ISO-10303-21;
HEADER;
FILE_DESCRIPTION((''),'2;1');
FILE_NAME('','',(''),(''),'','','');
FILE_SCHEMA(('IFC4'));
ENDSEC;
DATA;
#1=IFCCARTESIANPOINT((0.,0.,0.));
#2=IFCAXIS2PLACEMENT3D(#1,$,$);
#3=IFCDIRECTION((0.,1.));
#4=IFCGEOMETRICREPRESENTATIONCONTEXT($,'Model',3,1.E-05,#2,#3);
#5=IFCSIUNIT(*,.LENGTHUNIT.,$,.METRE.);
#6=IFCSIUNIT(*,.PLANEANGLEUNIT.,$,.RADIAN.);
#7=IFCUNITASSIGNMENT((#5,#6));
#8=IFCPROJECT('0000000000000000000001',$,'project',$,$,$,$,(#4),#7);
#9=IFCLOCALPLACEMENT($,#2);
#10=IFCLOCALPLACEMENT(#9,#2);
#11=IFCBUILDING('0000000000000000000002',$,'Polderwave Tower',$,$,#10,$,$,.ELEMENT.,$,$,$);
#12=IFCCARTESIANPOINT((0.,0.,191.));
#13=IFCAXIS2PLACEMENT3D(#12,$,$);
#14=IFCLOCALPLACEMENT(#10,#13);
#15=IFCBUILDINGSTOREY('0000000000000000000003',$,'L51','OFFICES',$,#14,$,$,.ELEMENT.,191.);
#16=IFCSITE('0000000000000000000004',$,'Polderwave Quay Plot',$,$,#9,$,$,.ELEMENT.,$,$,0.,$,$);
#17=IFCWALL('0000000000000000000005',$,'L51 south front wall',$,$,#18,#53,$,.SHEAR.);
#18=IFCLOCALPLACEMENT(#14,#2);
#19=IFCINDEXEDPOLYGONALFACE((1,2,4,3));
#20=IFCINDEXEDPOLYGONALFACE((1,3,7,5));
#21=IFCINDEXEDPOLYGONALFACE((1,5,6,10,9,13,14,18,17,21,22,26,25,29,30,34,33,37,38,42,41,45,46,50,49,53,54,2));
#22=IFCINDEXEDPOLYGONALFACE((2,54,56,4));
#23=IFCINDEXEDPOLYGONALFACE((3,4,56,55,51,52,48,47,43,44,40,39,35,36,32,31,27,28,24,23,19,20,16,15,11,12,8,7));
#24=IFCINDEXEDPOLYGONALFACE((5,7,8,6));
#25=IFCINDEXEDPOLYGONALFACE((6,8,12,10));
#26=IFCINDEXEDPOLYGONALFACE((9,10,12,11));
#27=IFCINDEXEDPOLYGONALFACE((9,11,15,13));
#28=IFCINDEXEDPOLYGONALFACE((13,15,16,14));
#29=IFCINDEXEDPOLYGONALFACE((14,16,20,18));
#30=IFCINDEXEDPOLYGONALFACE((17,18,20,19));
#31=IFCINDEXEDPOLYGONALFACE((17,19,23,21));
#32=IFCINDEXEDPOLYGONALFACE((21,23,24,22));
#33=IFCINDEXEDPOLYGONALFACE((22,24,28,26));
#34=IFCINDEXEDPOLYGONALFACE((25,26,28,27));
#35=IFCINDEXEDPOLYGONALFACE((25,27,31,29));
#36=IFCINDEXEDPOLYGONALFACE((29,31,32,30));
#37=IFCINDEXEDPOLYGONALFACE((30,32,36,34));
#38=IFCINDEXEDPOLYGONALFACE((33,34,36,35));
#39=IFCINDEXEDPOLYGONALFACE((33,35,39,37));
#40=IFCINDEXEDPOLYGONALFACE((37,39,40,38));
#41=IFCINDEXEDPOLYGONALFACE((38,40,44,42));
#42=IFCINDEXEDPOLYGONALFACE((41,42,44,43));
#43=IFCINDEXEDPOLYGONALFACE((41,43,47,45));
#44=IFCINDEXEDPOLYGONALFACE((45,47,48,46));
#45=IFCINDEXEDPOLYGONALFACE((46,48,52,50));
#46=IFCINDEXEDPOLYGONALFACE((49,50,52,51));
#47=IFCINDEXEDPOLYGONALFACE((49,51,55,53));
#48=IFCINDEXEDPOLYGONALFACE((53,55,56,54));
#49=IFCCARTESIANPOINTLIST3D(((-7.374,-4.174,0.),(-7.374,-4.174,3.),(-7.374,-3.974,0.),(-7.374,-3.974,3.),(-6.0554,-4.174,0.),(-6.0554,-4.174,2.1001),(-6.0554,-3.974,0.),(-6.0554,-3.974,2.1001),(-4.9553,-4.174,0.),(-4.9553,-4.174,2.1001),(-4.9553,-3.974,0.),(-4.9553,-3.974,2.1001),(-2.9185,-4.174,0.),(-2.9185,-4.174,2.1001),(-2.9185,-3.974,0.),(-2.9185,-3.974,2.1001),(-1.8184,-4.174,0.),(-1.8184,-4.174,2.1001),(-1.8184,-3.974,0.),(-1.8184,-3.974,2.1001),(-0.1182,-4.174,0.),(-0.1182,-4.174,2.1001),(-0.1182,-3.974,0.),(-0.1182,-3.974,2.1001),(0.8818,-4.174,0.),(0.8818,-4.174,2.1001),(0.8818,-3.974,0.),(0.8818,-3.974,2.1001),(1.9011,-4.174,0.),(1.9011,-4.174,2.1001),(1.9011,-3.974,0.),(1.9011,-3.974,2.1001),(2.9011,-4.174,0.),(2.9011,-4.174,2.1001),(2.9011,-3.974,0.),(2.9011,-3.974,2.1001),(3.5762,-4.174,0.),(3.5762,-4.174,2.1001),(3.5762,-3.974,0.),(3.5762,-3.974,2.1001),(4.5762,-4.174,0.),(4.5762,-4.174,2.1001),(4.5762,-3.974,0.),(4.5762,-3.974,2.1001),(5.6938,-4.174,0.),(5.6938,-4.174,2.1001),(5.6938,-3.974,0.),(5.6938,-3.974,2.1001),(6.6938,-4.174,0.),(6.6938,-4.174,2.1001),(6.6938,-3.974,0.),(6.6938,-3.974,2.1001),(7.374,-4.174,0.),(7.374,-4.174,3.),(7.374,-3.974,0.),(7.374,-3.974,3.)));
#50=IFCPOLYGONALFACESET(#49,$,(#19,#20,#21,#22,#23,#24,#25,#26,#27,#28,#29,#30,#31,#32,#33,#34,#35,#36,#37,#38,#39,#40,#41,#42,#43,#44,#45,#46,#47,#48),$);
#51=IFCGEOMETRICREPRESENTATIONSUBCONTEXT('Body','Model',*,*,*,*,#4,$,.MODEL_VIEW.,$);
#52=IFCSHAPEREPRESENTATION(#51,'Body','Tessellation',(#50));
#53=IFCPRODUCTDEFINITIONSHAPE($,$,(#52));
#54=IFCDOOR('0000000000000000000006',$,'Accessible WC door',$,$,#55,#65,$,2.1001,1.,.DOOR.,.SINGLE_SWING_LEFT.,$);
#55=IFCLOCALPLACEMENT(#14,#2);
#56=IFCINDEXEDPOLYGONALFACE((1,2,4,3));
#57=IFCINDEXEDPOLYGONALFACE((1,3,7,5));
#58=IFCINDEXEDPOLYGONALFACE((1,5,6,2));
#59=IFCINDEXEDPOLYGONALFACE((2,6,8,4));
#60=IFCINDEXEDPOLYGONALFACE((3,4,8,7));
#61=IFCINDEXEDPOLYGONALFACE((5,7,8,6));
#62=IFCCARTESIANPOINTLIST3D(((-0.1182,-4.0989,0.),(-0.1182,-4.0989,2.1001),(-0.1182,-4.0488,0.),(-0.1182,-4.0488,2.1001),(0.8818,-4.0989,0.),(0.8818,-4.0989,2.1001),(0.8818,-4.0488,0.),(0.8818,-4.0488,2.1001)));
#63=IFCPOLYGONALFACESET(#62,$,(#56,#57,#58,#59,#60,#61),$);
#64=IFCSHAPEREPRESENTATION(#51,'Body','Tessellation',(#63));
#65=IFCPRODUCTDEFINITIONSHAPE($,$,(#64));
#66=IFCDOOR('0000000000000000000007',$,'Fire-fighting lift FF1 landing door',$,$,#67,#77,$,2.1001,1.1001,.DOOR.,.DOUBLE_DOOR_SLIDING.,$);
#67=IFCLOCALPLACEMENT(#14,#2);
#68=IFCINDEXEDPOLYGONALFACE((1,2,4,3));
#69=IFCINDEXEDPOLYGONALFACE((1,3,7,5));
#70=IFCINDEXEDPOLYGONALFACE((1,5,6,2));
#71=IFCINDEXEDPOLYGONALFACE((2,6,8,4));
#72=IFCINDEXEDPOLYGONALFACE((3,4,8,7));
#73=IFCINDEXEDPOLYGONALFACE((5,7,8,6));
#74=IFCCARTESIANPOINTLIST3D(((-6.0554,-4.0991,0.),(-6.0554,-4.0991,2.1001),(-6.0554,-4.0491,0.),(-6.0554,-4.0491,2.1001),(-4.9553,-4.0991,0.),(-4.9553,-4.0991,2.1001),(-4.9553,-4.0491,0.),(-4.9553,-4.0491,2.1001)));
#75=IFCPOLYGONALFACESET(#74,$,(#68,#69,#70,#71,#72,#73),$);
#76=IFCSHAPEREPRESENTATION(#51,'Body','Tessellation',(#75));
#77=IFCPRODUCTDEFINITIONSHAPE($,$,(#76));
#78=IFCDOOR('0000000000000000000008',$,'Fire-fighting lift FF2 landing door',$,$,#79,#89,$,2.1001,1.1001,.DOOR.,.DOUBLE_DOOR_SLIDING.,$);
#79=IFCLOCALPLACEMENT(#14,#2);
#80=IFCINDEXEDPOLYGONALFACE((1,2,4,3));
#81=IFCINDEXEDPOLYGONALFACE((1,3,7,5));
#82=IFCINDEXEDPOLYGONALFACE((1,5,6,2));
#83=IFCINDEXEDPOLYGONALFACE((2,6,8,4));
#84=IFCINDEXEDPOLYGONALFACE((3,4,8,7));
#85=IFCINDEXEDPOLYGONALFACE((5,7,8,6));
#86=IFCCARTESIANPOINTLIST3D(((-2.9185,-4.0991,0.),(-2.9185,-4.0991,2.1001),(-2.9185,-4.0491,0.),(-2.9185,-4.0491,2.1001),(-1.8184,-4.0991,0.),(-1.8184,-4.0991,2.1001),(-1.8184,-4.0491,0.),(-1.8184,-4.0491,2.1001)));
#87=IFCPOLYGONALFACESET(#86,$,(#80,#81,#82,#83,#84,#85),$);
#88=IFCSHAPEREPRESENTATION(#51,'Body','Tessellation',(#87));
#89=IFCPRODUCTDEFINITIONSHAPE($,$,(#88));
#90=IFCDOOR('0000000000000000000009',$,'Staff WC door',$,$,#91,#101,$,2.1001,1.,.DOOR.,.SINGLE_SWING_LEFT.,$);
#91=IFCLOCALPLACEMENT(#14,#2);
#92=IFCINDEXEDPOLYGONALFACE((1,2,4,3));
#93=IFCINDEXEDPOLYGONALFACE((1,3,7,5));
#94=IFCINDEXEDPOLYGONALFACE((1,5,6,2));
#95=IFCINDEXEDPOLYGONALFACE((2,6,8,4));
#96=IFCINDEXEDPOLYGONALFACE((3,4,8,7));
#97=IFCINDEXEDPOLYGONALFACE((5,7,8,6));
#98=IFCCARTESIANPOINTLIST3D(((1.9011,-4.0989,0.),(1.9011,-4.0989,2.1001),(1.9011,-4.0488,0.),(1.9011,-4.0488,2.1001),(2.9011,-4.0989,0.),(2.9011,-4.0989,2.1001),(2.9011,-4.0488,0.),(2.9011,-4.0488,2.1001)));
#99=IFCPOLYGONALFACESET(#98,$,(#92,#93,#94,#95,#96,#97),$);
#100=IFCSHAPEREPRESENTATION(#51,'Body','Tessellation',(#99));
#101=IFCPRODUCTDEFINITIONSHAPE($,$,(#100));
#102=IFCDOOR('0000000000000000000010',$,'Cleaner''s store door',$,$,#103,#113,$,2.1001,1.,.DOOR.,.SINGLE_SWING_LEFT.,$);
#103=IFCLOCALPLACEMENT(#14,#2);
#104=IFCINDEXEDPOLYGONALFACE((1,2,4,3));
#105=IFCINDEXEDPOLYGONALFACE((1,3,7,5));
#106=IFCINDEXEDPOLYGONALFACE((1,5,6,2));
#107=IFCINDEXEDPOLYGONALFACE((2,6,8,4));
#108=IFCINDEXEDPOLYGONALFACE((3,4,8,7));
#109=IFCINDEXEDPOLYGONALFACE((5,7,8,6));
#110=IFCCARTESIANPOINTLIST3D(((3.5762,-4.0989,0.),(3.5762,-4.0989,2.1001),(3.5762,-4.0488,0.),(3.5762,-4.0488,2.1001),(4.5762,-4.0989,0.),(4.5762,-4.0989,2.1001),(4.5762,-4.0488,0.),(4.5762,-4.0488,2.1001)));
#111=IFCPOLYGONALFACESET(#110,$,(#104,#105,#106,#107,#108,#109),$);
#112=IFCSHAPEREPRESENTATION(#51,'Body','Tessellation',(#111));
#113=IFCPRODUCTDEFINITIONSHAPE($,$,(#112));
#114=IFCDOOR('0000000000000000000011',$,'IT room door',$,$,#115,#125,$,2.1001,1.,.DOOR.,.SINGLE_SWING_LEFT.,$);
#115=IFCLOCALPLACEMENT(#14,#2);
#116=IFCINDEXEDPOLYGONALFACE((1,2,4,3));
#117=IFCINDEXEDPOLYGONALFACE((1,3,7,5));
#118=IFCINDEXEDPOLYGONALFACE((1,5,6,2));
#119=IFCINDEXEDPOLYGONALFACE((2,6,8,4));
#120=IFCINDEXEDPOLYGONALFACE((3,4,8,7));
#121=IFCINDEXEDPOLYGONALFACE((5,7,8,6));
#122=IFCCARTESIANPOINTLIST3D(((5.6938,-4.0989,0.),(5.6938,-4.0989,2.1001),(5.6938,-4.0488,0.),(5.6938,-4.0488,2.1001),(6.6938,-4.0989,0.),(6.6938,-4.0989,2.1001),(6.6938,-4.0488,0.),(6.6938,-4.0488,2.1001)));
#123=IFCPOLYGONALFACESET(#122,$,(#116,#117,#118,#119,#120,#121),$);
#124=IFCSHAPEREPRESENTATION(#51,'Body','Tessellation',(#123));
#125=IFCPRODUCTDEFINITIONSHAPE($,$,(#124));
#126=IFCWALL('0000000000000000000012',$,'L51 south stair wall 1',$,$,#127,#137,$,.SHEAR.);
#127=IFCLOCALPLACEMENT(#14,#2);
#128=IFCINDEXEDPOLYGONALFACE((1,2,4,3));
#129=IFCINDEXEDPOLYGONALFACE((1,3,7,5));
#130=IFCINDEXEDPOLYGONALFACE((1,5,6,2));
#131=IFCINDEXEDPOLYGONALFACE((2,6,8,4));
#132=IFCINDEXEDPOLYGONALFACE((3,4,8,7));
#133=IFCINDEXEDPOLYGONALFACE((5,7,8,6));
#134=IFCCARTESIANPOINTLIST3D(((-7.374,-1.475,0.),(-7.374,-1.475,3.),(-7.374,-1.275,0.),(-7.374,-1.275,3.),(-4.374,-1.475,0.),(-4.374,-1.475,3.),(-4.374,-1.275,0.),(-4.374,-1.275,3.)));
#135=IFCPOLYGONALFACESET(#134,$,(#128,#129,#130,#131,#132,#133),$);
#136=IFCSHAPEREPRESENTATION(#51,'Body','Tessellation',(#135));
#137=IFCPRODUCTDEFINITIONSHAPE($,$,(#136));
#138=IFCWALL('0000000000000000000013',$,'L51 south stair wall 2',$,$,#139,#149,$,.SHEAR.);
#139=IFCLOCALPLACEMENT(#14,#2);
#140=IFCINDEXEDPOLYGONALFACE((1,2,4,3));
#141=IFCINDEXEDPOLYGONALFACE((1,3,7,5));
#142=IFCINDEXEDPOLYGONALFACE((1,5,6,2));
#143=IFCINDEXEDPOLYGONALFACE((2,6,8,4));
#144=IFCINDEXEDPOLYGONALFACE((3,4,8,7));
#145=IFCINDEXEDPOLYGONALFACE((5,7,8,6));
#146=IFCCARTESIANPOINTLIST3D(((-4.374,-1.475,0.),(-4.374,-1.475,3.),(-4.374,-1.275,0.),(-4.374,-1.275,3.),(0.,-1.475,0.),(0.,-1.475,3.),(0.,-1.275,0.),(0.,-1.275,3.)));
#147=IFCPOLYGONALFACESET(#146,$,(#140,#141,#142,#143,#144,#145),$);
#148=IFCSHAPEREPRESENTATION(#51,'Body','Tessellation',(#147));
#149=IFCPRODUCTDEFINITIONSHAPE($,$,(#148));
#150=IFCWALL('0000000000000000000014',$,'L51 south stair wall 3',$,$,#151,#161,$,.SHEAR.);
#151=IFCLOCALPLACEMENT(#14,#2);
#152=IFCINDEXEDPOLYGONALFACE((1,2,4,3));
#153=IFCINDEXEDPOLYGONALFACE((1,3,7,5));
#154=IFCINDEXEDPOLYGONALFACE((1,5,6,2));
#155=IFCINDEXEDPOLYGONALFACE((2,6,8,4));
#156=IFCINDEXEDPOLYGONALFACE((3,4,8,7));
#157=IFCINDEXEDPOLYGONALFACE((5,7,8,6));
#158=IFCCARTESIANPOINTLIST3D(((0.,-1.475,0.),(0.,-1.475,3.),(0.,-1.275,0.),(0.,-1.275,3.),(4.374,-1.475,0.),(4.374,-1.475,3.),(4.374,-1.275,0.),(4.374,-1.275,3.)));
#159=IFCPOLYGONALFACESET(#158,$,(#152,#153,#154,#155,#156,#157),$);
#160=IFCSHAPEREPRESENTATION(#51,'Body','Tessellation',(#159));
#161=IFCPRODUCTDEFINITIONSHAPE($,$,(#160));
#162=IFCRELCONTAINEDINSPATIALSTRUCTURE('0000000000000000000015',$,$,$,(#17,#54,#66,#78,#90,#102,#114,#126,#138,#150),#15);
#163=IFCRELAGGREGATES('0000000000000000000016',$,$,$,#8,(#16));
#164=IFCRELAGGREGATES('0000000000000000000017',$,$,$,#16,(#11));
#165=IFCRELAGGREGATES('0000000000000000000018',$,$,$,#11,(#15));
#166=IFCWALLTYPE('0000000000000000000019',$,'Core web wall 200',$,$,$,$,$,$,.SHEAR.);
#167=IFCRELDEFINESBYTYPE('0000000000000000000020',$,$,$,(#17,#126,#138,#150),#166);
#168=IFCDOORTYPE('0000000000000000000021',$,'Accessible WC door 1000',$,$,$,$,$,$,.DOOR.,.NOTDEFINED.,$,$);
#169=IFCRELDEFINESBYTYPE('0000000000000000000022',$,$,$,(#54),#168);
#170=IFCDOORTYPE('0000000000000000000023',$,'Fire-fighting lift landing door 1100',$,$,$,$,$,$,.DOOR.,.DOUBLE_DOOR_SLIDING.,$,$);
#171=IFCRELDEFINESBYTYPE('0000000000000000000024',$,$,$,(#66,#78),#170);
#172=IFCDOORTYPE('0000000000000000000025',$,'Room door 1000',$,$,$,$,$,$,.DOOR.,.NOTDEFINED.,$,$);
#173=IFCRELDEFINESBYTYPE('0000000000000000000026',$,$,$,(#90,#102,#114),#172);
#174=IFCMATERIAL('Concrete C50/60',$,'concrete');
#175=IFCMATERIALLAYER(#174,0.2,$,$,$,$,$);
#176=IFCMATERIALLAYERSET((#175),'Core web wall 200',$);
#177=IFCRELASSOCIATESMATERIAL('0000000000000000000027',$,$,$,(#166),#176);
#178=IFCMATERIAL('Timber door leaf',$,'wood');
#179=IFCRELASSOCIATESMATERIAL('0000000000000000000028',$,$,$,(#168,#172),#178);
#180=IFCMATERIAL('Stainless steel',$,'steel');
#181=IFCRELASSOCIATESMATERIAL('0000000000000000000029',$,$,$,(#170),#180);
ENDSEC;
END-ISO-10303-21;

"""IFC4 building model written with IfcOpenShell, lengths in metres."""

from ifc_helpers import new_model, si_unit, direction, frame, frame_2d, origin, place, context, subcontext, project, spatial, rectangle, extrude, material, layer, layer_set, type_object, element, fill, save


model = new_model("IFC4")

# Units and contexts
model_context = context("Model", 3, precision=1e-05, world=origin(), true_north=direction((0.0, 1.0)))
body_context = subcontext(model_context, "Body", "Model", "MODEL_VIEW")
ifc_project = project(units=[si_unit("LENGTHUNIT", "METRE"), si_unit("PLANEANGLEUNIT", "RADIAN")], contexts=[model_context])

# Site, building, storey
site_placement = place(None, origin())
site = spatial("IfcSite", under=ifc_project, at=site_placement, Name="Polderwave Quay Plot", CompositionType="ELEMENT", RefElevation=0.0)
building_placement = place(site_placement, origin())
building = spatial("IfcBuilding", under=site, at=building_placement, Name="Polderwave Tower", CompositionType="ELEMENT")
storey_placement = place(building_placement, frame((0.0, 0.0, 191.0)))
storey = spatial("IfcBuildingStorey", under=building, at=storey_placement, Name="L51", Description="OFFICES", CompositionType="ELEMENT", Elevation=191.0)

# Wall, openings, doors
ifc_material_1 = material(Name="Concrete C50/60", Category="concrete")
ifc_layer_1 = layer(ifc_material_1, 0.2)
ifc_layer_set_1 = layer_set([ifc_layer_1], Name="Core web wall 200")
wall_type_1 = type_object("IfcWallType", Name="Core web wall 200", PredefinedType="SHEAR", material=ifc_layer_set_1)
wall_1_placement = place(storey_placement, frame((-7.374, -4.074, 0.0), z_axis=(0.0, 0.0, 1.0), x_axis=(1.0, 0.0, 0.0)))
wall_1 = element("IfcWall", 1, at=wall_1_placement, inside=storey, type_object=wall_type_1, Name="L51 south front wall", PredefinedType="SHEAR", context=body_context, shape_type="SweptSolid", body=[
    extrude(rectangle(XDim=14.748, YDim=0.2, at=frame_2d((7.374, 0.0))), origin(), (0.0, 0.0, 1.0), 3.0),
])
opening_1_placement = place(wall_1_placement, frame((1.3186, 0.0, 0.0)))
opening_1 = element("IfcOpeningElement", 2, at=opening_1_placement, cuts=wall_1, PredefinedType="OPENING", context=body_context, shape_type="SweptSolid", body=[
    extrude(rectangle(XDim=1.1001, YDim=2.1001, at=frame_2d((0.55, 1.05))), frame((0.0, 0.1099, 0.0), z_axis=(0.0, -1.0, 0.0), x_axis=(1.0, 0.0, 0.0)), (0.0, 0.0, 1.0), 0.22),
])
opening_2_placement = place(wall_1_placement, frame((4.4556, 0.0, 0.0)))
opening_2 = element("IfcOpeningElement", 3, at=opening_2_placement, cuts=wall_1, PredefinedType="OPENING", context=body_context, shape_type="SweptSolid", body=[
    extrude(rectangle(XDim=1.1001, YDim=2.1001, at=frame_2d((0.55, 1.05))), frame((0.0, 0.1099, 0.0), z_axis=(0.0, -1.0, 0.0), x_axis=(1.0, 0.0, 0.0)), (0.0, 0.0, 1.0), 0.22),
])
opening_3_placement = place(wall_1_placement, frame((7.2559, 0.0, 0.0)))
opening_3 = element("IfcOpeningElement", 4, at=opening_3_placement, cuts=wall_1, PredefinedType="OPENING", context=body_context, shape_type="SweptSolid", body=[
    extrude(rectangle(XDim=1.0, YDim=2.1001, at=frame_2d((0.5, 1.05))), frame((0.0, 0.1099, 0.0), z_axis=(0.0, -1.0, 0.0), x_axis=(1.0, 0.0, 0.0)), (0.0, 0.0, 1.0), 0.22),
])
opening_4_placement = place(wall_1_placement, frame((9.2751, 0.0, 0.0)))
opening_4 = element("IfcOpeningElement", 5, at=opening_4_placement, cuts=wall_1, PredefinedType="OPENING", context=body_context, shape_type="SweptSolid", body=[
    extrude(rectangle(XDim=1.0, YDim=2.1001, at=frame_2d((0.5, 1.05))), frame((0.0, 0.1099, 0.0), z_axis=(0.0, -1.0, 0.0), x_axis=(1.0, 0.0, 0.0)), (0.0, 0.0, 1.0), 0.22),
])
opening_5_placement = place(wall_1_placement, frame((10.9502, 0.0, 0.0)))
opening_5 = element("IfcOpeningElement", 6, at=opening_5_placement, cuts=wall_1, PredefinedType="OPENING", context=body_context, shape_type="SweptSolid", body=[
    extrude(rectangle(XDim=1.0, YDim=2.1001, at=frame_2d((0.5, 1.05))), frame((0.0, 0.1099, 0.0), z_axis=(0.0, -1.0, 0.0), x_axis=(1.0, 0.0, 0.0)), (0.0, 0.0, 1.0), 0.22),
])
opening_6_placement = place(wall_1_placement, frame((13.0679, 0.0, 0.0)))
opening_6 = element("IfcOpeningElement", 7, at=opening_6_placement, cuts=wall_1, PredefinedType="OPENING", context=body_context, shape_type="SweptSolid", body=[
    extrude(rectangle(XDim=1.0, YDim=2.1001, at=frame_2d((0.5, 1.05))), frame((0.0, 0.1099, 0.0), z_axis=(0.0, -1.0, 0.0), x_axis=(1.0, 0.0, 0.0)), (0.0, 0.0, 1.0), 0.22),
])
ifc_material_2 = material(Name="Timber door leaf", Category="wood")
door_type_1 = type_object("IfcDoorType", Name="Accessible WC door 1000", OperationType="NOTDEFINED", PredefinedType="DOOR", material=ifc_material_2)
door_1_placement = place(opening_3_placement, frame((1.0, 0.0, 0.0), z_axis=(0.0, 0.0, 1.0), x_axis=(-1.0, 0.0, 0.0)))
door_1 = element("IfcDoor", 8, at=door_1_placement, inside=storey, type_object=door_type_1, Name="Accessible WC door", OperationType="SINGLE_SWING_LEFT", OverallHeight=2.1001, OverallWidth=1.0, PredefinedType="DOOR", context=body_context, shape_type="SweptSolid", body=[
    extrude(rectangle(XDim=1.0, YDim=2.1001, at=frame_2d((0.5, 1.05))), frame((0.0, 0.0249, 0.0), z_axis=(0.0, -1.0, 0.0), x_axis=(1.0, 0.0, 0.0)), (0.0, 0.0, 1.0), 0.05),
])
fill(opening_3, door_1)
ifc_material_3 = material(Name="Stainless steel", Category="steel")
door_type_2 = type_object("IfcDoorType", Name="Fire-fighting lift landing door 1100", OperationType="DOUBLE_DOOR_SLIDING", PredefinedType="DOOR", material=ifc_material_3)
door_2_placement = place(opening_1_placement, origin())
door_2 = element("IfcDoor", 9, at=door_2_placement, inside=storey, type_object=door_type_2, Name="Fire-fighting lift FF1 landing door", OperationType="DOUBLE_DOOR_SLIDING", OverallHeight=2.1001, OverallWidth=1.1001, PredefinedType="DOOR", context=body_context, shape_type="SweptSolid", body=[
    extrude(rectangle(XDim=1.1001, YDim=2.1001, at=frame_2d((0.55, 1.05))), frame((0.0, 0.0249, 0.0), z_axis=(0.0, -1.0, 0.0), x_axis=(1.0, 0.0, 0.0)), (0.0, 0.0, 1.0), 0.05),
])
fill(opening_1, door_2)
door_3_placement = place(opening_2_placement, origin())
door_3 = element("IfcDoor", 10, at=door_3_placement, inside=storey, type_object=door_type_2, Name="Fire-fighting lift FF2 landing door", OperationType="DOUBLE_DOOR_SLIDING", OverallHeight=2.1001, OverallWidth=1.1001, PredefinedType="DOOR", context=body_context, shape_type="SweptSolid", body=[
    extrude(rectangle(XDim=1.1001, YDim=2.1001, at=frame_2d((0.55, 1.05))), frame((0.0, 0.0249, 0.0), z_axis=(0.0, -1.0, 0.0), x_axis=(1.0, 0.0, 0.0)), (0.0, 0.0, 1.0), 0.05),
])
fill(opening_2, door_3)
door_type_3 = type_object("IfcDoorType", Name="Room door 1000", OperationType="NOTDEFINED", PredefinedType="DOOR", material=ifc_material_2)
door_4_placement = place(opening_4_placement, frame((1.0, 0.0, 0.0), z_axis=(0.0, 0.0, 1.0), x_axis=(-1.0, 0.0, 0.0)))
door_4 = element("IfcDoor", 11, at=door_4_placement, inside=storey, type_object=door_type_3, Name="Staff WC door", OperationType="SINGLE_SWING_LEFT", OverallHeight=2.1001, OverallWidth=1.0, PredefinedType="DOOR", context=body_context, shape_type="SweptSolid", body=[
    extrude(rectangle(XDim=1.0, YDim=2.1001, at=frame_2d((0.5, 1.05))), frame((0.0, 0.0249, 0.0), z_axis=(0.0, -1.0, 0.0), x_axis=(1.0, 0.0, 0.0)), (0.0, 0.0, 1.0), 0.05),
])
fill(opening_4, door_4)
door_5_placement = place(opening_5_placement, frame((1.0, 0.0, 0.0), z_axis=(0.0, 0.0, 1.0), x_axis=(-1.0, 0.0, 0.0)))
door_5 = element("IfcDoor", 12, at=door_5_placement, inside=storey, type_object=door_type_3, Name="Cleaner's store door", OperationType="SINGLE_SWING_LEFT", OverallHeight=2.1001, OverallWidth=1.0, PredefinedType="DOOR", context=body_context, shape_type="SweptSolid", body=[
    extrude(rectangle(XDim=1.0, YDim=2.1001, at=frame_2d((0.5, 1.05))), frame((0.0, 0.0249, 0.0), z_axis=(0.0, -1.0, 0.0), x_axis=(1.0, 0.0, 0.0)), (0.0, 0.0, 1.0), 0.05),
])
fill(opening_5, door_5)
door_6_placement = place(opening_6_placement, frame((1.0, 0.0, 0.0), z_axis=(0.0, 0.0, 1.0), x_axis=(-1.0, 0.0, 0.0)))
door_6 = element("IfcDoor", 13, at=door_6_placement, inside=storey, type_object=door_type_3, Name="IT room door", OperationType="SINGLE_SWING_LEFT", OverallHeight=2.1001, OverallWidth=1.0, PredefinedType="DOOR", context=body_context, shape_type="SweptSolid", body=[
    extrude(rectangle(XDim=1.0, YDim=2.1001, at=frame_2d((0.5, 1.05))), frame((0.0, 0.0249, 0.0), z_axis=(0.0, -1.0, 0.0), x_axis=(1.0, 0.0, 0.0)), (0.0, 0.0, 1.0), 0.05),
])
fill(opening_6, door_6)

# Walls
wall_2_placement = place(storey_placement, frame((-7.374, -1.375, 0.0), z_axis=(0.0, 0.0, 1.0), x_axis=(1.0, 0.0, 0.0)))
element("IfcWall", 14, at=wall_2_placement, inside=storey, type_object=wall_type_1, Name="L51 south stair wall 1", PredefinedType="SHEAR", context=body_context, shape_type="SweptSolid", body=[
    extrude(rectangle(XDim=3.0, YDim=0.2, at=frame_2d((1.5, 0.0))), origin(), (0.0, 0.0, 1.0), 3.0),
])
for number, where, z_axis, x_axis, name in (
    (15, (-4.374, -1.375, 0.0), (0.0, 0.0, 1.0), (1.0, 0.0, 0.0), "L51 south stair wall 2"),
    (16, (0.0, -1.375, 0.0), (0.0, 0.0, 1.0), (1.0, 0.0, 0.0), "L51 south stair wall 3"),
):
    element("IfcWall", number, at=place(storey_placement, frame(where, z_axis=z_axis, x_axis=x_axis)), inside=storey, type_object=wall_type_1, Name=name, PredefinedType="SHEAR", context=body_context, shape_type="SweptSolid", body=[
        extrude(rectangle(XDim=4.374, YDim=0.2, at=frame_2d((2.187, 0.0))), origin(), (0.0, 0.0, 1.0), 3.0),
    ])

save(model, "model.ifc")
